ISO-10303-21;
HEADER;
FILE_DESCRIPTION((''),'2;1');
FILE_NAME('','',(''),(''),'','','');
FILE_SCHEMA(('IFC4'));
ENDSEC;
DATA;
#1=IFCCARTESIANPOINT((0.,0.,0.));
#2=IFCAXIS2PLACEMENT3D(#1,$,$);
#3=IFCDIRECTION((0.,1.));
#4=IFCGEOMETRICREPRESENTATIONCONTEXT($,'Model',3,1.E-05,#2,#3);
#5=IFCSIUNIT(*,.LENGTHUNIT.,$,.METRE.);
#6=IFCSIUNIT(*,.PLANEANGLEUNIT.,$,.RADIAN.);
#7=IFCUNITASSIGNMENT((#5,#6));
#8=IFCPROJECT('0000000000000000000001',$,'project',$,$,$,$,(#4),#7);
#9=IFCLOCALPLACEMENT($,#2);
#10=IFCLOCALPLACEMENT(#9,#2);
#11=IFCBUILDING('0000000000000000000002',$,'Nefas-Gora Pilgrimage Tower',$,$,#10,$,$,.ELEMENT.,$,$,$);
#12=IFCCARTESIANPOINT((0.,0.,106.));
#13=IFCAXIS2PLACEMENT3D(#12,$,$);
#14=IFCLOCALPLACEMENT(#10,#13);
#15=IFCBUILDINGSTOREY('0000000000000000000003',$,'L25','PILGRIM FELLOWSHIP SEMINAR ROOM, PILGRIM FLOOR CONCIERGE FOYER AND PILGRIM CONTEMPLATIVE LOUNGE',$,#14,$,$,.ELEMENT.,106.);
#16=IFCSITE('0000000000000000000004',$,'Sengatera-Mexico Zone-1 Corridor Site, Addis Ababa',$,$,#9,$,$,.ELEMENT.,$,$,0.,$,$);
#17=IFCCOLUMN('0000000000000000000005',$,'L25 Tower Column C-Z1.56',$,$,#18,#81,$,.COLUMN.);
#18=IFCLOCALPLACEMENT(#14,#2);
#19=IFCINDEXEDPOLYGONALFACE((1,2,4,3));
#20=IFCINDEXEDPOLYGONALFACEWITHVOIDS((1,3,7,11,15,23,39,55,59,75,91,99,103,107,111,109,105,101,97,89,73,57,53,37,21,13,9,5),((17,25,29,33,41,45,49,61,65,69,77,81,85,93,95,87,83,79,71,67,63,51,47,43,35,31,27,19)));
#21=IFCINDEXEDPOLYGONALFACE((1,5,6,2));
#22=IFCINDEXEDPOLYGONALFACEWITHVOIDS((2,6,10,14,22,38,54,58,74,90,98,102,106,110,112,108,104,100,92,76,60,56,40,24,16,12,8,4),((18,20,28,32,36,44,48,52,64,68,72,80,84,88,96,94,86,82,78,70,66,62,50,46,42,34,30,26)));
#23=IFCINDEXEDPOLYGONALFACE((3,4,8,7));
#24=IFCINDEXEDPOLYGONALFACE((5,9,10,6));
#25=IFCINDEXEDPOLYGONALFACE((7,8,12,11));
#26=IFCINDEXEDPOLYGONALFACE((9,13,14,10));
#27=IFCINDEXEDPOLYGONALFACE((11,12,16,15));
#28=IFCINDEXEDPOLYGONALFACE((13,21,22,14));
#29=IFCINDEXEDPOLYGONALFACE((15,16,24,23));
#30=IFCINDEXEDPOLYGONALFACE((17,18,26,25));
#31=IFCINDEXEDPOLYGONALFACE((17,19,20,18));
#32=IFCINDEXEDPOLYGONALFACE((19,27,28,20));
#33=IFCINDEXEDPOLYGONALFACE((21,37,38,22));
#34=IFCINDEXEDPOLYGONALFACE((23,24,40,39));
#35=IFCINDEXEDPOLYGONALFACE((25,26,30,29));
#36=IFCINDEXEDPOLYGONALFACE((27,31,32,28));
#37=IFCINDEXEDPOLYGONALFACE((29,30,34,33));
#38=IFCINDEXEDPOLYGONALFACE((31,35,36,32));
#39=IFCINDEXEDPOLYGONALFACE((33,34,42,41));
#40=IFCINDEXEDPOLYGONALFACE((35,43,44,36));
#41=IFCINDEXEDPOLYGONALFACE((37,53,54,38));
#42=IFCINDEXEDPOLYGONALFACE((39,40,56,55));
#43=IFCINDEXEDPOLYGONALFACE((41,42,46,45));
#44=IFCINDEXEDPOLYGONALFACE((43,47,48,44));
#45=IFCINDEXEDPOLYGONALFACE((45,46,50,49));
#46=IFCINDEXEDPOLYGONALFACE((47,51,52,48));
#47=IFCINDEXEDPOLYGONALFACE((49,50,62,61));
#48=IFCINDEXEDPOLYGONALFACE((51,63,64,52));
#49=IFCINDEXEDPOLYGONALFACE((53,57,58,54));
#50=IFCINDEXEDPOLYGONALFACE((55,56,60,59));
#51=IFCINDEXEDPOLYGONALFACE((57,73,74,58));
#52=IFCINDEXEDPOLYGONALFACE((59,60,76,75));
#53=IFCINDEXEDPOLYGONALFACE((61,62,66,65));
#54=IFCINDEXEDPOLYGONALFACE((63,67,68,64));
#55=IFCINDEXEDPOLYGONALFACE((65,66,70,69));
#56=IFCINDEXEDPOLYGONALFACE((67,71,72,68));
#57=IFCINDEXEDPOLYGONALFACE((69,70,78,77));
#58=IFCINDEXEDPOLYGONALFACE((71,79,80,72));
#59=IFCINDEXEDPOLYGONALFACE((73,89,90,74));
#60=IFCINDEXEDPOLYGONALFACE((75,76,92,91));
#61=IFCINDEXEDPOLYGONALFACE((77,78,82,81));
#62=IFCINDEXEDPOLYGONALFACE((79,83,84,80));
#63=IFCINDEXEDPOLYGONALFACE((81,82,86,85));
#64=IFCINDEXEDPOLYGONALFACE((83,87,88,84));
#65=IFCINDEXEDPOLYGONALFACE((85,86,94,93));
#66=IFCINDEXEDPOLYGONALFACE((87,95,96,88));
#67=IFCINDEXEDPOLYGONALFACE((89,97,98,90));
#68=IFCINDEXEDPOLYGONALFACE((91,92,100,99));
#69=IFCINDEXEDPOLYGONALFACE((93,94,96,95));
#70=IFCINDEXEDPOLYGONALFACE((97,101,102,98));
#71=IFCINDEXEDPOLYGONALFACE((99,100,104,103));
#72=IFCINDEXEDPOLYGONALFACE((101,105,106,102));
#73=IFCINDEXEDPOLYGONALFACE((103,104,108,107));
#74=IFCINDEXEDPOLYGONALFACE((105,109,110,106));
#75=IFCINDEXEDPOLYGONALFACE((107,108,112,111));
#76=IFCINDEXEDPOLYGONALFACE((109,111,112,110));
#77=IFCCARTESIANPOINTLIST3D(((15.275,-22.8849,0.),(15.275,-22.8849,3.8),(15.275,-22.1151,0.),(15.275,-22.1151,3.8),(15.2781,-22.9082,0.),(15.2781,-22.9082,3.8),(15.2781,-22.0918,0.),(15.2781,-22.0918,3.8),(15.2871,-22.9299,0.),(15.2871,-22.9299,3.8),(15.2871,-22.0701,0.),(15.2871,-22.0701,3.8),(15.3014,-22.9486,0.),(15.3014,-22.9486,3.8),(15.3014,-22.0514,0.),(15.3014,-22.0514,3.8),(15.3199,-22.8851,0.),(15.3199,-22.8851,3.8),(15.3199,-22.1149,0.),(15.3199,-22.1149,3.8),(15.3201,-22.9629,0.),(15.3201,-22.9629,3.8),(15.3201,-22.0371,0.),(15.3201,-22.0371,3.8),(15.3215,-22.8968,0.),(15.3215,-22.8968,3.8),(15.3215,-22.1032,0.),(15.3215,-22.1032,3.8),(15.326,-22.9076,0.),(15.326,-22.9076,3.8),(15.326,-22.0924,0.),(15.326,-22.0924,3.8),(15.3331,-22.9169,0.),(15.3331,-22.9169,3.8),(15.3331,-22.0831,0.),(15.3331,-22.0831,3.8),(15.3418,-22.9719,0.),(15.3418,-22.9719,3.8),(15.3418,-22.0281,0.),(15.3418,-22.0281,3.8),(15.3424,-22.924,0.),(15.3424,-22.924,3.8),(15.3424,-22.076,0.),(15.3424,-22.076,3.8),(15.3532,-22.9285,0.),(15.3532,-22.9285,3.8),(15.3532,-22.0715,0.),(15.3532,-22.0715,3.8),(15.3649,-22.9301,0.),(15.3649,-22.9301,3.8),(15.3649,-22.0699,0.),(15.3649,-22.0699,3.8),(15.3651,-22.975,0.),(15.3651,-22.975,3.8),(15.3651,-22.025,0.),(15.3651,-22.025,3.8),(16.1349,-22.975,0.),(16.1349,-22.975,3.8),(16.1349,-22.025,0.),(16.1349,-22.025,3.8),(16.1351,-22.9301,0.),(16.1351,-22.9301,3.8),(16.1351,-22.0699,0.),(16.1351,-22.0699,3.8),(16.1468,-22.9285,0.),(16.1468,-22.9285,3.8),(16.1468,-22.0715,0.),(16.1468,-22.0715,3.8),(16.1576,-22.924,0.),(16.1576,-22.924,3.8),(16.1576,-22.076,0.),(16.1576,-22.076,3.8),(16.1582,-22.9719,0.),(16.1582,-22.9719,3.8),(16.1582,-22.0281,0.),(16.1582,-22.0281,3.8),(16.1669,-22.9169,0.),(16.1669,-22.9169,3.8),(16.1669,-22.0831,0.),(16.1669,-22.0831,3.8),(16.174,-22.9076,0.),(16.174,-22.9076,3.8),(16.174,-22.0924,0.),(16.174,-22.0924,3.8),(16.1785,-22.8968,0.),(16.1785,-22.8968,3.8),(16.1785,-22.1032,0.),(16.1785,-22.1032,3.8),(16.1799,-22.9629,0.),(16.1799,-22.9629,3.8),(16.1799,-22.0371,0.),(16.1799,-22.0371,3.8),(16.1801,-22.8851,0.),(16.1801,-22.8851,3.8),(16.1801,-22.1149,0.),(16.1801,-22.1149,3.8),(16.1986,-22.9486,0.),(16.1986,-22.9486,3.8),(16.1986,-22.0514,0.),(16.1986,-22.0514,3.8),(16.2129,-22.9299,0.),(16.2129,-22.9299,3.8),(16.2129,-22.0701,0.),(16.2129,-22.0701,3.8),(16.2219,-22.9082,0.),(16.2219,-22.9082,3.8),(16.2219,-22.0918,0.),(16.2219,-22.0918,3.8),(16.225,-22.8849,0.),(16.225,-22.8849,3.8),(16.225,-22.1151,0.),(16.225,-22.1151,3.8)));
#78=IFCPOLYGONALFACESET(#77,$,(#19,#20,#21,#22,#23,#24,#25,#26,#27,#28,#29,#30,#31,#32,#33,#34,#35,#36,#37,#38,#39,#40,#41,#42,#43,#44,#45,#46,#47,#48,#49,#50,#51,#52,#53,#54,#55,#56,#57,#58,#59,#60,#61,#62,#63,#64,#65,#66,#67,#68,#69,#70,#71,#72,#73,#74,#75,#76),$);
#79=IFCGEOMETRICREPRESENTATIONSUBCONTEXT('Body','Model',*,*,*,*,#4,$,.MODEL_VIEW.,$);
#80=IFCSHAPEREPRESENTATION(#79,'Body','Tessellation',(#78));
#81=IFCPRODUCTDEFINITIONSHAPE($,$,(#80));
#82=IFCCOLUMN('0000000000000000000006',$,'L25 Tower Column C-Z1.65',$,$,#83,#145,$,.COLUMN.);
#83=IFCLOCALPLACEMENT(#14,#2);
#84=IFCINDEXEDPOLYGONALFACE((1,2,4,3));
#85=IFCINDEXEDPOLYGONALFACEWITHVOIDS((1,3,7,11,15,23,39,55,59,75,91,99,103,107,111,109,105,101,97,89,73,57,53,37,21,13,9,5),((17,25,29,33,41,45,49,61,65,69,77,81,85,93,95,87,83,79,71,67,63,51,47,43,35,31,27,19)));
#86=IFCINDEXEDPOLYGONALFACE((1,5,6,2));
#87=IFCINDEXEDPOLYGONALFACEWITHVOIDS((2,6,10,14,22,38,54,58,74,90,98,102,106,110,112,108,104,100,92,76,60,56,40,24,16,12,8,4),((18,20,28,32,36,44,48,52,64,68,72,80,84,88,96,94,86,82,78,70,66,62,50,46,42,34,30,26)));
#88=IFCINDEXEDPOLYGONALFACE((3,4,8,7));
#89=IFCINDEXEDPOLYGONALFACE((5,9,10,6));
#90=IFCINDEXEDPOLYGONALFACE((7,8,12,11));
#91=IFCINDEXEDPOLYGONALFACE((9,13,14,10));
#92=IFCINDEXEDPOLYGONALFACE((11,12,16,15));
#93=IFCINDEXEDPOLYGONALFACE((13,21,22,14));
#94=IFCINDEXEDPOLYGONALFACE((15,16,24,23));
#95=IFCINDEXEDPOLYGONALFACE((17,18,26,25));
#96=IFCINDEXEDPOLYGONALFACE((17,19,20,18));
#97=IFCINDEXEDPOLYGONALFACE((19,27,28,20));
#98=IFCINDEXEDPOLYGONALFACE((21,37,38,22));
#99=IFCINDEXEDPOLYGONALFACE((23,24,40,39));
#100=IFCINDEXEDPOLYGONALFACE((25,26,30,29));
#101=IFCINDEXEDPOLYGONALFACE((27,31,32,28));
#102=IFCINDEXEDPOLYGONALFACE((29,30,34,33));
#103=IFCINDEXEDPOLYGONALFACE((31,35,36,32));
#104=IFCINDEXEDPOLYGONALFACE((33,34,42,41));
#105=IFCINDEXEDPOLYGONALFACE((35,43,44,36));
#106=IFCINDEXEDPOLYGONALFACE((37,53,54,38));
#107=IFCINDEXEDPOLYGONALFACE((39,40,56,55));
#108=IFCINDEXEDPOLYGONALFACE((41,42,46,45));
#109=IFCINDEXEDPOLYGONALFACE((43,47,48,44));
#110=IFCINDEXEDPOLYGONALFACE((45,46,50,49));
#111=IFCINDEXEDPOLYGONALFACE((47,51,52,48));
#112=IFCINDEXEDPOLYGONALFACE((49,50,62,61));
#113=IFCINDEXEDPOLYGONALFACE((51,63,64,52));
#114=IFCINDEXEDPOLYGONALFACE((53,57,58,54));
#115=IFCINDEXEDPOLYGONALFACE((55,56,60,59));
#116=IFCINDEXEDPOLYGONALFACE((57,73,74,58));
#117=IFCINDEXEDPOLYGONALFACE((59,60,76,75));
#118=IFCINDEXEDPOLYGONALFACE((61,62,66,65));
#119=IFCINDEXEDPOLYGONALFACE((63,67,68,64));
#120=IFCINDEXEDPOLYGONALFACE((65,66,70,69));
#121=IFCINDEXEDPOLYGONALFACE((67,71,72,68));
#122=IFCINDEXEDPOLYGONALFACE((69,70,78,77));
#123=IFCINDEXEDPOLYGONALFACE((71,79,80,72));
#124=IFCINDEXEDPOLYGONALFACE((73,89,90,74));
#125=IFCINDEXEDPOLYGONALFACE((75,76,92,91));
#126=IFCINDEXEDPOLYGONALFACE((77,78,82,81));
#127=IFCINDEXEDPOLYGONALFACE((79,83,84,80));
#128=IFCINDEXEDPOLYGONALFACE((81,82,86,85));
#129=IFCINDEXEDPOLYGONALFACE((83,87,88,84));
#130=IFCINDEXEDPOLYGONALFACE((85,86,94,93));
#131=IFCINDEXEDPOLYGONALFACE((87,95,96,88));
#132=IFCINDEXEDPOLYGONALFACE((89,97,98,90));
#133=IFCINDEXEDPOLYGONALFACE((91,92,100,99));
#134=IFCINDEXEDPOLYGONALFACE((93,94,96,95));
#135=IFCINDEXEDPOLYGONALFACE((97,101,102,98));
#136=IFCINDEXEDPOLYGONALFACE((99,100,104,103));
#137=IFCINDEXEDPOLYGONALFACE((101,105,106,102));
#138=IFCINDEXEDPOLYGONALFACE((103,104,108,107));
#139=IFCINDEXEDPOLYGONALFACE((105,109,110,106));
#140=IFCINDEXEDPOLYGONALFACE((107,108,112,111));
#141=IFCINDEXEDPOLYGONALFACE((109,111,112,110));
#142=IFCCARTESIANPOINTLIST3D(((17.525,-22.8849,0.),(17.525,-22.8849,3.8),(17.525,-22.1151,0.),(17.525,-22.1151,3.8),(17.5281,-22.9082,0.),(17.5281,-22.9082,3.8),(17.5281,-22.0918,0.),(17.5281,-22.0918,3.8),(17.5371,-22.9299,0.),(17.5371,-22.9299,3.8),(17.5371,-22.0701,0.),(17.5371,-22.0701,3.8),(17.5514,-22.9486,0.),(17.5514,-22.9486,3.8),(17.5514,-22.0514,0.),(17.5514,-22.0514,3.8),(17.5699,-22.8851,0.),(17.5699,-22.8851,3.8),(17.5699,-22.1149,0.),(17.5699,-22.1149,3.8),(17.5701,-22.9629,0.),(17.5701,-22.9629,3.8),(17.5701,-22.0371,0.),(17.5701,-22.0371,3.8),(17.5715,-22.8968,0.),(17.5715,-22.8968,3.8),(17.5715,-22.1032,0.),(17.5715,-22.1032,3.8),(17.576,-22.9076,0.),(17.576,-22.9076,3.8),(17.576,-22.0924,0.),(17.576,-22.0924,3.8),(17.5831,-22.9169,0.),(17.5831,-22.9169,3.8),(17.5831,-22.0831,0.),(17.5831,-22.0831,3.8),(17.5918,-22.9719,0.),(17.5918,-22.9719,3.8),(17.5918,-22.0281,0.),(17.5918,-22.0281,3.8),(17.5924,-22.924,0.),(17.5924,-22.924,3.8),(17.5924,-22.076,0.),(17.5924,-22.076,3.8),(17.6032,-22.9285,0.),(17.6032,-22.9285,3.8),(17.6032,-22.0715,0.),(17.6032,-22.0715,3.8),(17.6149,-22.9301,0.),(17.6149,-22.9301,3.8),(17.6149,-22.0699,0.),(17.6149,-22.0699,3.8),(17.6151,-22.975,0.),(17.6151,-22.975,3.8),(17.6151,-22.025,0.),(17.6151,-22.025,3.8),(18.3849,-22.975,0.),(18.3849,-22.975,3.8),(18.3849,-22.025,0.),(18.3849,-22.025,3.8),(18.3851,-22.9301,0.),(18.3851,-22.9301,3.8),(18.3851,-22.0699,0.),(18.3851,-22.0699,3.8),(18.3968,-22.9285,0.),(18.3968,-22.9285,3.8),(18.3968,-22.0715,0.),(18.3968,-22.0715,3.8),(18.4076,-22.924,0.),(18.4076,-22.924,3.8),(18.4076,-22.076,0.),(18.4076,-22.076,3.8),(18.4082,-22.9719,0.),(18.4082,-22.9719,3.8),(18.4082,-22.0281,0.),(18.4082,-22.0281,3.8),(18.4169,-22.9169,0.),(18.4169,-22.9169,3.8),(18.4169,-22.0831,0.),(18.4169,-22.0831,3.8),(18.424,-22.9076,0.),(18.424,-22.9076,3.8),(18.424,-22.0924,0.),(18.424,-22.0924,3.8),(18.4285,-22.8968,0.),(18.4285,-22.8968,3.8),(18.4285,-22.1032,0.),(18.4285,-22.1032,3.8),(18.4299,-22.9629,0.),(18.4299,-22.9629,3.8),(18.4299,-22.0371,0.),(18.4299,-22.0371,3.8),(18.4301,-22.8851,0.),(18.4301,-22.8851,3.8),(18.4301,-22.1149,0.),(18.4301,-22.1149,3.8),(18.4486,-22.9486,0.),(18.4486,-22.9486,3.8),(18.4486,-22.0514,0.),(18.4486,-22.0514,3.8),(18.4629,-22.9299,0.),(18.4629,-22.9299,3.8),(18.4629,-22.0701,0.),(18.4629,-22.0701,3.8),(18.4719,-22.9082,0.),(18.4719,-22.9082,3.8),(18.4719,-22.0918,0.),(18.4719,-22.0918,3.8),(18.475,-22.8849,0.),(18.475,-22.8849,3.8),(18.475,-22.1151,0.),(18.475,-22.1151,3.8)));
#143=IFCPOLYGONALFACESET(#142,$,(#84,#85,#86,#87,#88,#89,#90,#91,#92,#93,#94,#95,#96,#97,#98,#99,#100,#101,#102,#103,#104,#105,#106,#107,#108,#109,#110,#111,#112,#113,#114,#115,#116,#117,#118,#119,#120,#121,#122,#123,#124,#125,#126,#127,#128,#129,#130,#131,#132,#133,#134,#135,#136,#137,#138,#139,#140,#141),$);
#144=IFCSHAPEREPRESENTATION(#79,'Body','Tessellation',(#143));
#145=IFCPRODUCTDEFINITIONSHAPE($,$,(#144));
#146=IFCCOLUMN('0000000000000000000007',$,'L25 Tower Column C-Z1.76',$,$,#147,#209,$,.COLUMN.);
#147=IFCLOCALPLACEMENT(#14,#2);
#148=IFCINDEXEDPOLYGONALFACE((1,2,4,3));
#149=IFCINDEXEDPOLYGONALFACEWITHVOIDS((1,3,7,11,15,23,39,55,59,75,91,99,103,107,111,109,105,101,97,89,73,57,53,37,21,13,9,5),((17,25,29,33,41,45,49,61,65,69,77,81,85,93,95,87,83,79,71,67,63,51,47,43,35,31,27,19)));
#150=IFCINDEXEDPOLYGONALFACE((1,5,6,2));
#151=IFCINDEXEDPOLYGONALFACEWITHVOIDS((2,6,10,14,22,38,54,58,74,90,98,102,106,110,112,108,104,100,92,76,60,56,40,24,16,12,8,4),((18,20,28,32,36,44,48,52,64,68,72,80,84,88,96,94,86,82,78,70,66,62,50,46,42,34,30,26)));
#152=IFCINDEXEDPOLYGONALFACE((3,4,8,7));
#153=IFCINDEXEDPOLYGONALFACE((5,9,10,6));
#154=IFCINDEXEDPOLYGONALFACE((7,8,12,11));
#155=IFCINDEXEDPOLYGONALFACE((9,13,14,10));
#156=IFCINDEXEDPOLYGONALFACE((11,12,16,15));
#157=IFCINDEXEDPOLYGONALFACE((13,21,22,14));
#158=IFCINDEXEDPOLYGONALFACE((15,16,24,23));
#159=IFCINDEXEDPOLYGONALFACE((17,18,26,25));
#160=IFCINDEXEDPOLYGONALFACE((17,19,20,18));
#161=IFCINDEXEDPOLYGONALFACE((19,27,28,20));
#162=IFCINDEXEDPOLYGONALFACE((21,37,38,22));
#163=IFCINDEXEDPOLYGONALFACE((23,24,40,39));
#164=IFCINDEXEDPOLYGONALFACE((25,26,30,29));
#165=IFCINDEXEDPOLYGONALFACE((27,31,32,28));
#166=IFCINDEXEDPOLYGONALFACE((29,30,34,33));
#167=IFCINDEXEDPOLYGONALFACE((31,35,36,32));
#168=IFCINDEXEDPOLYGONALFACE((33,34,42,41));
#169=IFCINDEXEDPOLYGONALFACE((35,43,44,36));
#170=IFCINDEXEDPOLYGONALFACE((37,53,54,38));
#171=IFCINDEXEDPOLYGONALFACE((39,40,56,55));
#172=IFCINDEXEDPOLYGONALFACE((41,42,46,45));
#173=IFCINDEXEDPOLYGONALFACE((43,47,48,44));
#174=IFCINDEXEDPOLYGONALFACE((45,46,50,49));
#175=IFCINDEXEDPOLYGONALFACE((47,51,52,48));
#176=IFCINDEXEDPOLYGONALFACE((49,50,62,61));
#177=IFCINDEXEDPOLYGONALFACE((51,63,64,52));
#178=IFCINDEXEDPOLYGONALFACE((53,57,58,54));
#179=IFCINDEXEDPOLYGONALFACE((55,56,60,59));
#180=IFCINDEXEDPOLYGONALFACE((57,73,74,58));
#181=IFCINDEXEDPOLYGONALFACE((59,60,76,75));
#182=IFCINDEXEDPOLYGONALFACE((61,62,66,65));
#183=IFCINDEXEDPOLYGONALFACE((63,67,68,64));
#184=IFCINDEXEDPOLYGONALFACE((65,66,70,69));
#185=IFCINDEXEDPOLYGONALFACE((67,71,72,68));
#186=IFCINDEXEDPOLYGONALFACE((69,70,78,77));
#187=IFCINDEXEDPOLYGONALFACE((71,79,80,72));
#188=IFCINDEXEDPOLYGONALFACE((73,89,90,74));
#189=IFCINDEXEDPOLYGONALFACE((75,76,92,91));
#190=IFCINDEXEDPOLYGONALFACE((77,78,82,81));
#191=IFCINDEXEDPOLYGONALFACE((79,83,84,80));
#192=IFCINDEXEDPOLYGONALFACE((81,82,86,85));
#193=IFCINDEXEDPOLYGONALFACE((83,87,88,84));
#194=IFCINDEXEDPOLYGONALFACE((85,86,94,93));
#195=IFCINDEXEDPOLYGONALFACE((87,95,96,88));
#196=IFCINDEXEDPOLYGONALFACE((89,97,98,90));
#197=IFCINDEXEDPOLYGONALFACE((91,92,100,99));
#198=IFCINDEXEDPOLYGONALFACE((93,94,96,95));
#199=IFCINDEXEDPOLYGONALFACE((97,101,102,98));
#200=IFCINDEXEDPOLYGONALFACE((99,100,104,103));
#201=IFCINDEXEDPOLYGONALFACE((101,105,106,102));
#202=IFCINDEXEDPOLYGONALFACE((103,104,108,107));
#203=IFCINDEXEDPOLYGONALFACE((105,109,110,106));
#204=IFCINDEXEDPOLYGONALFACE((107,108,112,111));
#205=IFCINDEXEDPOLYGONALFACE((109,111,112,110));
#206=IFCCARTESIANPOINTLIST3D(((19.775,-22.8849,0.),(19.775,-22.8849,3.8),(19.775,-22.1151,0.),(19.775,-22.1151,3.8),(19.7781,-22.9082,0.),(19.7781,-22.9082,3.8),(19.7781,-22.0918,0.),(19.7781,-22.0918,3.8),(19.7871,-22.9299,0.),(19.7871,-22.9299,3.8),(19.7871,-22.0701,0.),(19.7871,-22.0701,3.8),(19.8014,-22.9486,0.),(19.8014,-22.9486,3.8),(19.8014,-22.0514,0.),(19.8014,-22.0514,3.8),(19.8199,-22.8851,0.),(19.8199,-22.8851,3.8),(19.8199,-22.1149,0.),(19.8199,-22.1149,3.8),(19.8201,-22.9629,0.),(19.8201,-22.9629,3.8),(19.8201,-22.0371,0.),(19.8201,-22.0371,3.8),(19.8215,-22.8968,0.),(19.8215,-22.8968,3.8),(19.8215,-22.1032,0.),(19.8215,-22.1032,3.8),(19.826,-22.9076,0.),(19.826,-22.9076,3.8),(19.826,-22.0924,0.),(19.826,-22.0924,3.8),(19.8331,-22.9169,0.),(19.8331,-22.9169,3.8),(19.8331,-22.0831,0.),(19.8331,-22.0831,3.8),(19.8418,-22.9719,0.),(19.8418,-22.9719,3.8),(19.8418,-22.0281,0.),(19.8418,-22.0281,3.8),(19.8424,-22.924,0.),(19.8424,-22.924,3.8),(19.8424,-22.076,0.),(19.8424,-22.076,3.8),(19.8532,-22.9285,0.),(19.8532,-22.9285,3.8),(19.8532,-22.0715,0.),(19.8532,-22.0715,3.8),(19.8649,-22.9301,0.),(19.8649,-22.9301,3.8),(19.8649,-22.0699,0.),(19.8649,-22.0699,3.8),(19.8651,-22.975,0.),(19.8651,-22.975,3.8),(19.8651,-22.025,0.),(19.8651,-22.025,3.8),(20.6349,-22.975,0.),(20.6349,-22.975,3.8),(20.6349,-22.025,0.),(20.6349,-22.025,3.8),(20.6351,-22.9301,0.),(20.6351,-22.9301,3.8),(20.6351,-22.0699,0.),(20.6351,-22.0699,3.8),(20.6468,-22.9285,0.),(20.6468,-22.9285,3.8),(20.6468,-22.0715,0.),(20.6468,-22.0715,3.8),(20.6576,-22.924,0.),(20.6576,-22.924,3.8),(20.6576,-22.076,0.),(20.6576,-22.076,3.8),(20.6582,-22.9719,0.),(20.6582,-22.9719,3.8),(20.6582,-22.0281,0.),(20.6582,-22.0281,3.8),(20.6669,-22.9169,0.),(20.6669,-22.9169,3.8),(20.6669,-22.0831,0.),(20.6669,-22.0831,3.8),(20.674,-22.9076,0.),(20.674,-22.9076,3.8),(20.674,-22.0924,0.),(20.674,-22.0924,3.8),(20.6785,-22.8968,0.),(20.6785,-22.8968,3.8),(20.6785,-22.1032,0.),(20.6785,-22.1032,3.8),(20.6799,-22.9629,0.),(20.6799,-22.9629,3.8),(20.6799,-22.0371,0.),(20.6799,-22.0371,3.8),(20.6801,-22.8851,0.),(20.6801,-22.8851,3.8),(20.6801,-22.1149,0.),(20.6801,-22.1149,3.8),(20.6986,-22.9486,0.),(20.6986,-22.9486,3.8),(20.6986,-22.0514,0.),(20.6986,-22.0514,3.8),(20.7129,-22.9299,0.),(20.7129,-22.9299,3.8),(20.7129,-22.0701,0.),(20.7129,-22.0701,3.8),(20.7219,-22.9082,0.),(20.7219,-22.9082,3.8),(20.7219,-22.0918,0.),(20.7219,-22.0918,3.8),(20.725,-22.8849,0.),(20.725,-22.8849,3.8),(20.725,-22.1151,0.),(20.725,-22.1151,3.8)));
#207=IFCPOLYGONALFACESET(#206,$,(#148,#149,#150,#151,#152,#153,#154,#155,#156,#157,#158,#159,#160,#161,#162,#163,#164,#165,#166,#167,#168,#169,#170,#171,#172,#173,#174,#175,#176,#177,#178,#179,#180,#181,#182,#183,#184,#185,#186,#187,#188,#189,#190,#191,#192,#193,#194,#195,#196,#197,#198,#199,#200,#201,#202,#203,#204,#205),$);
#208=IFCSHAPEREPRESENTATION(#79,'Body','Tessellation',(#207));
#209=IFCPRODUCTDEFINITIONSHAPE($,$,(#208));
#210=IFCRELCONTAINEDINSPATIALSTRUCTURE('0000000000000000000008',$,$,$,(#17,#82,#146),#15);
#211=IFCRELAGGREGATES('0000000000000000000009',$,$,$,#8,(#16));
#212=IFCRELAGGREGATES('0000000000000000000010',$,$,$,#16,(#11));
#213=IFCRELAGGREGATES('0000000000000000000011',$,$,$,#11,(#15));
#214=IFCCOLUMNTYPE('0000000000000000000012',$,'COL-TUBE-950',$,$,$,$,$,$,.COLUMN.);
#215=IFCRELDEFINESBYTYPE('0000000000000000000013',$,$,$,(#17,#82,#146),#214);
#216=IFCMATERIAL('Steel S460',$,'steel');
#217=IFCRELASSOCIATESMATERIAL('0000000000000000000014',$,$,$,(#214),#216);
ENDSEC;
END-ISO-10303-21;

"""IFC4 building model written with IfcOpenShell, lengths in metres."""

from ifc_helpers import new_model, si_unit, direction, frame, origin, origin_2d, place, context, subcontext, project, spatial, hollow_rectangle, extrude, source, transform, mapped, material, material_profile, profile_set, type_object, element, save


model = new_model("IFC4")

# Units and contexts
model_context = context("Model", 3, precision=1e-05, world=origin(), true_north=direction((0.0, 1.0)))
body_context = subcontext(model_context, "Body", "Model", "MODEL_VIEW")
ifc_project = project(units=[si_unit("LENGTHUNIT", "METRE"), si_unit("PLANEANGLEUNIT", "RADIAN")], contexts=[model_context])

# Site, building, storey
site_placement = place(None, origin())
site = spatial("IfcSite", under=ifc_project, at=site_placement, Name="Sengatera-Mexico Zone-1 Corridor Site, Addis Ababa", CompositionType="ELEMENT", RefElevation=0.0)
building_placement = place(site_placement, origin())
building = spatial("IfcBuilding", under=site, at=building_placement, Name="Nefas-Gora Pilgrimage Tower", CompositionType="ELEMENT")
storey_placement = place(building_placement, frame((0.0, 0.0, 106.0)))
storey = spatial("IfcBuildingStorey", under=building, at=storey_placement, Name="L25", Description="PILGRIM FELLOWSHIP SEMINAR ROOM, PILGRIM FLOOR CONCIERGE FOYER AND PILGRIM CONTEMPLATIVE LOUNGE", CompositionType="ELEMENT", Elevation=106.0)

# Columns
ifc_material_1 = material(Name="Steel S460", Category="steel")
ifc_material_profile_1 = material_profile(ifc_material_1, hollow_rectangle(XDim=0.95, YDim=0.95, WallThickness=0.0449, InnerFilletRadius=0.0449, OuterFilletRadius=0.0901, at=origin_2d()), Name="BOX 950x950x45")
ifc_profile_set_1 = profile_set([ifc_material_profile_1], Name="Steel S460")
column_type_1 = type_object("IfcColumnType", Name="COL-TUBE-950", PredefinedType="COLUMN", material=ifc_profile_set_1)
shared_shape_1 = source(origin(), body_context, "Body", "SweptSolid", [
    extrude(hollow_rectangle(XDim=0.95, YDim=0.95, WallThickness=0.0449, InnerFilletRadius=0.0449, OuterFilletRadius=0.0901, at=origin_2d()), origin(), (0.0, 0.0, 1.0), 3.8),
])
for number, where, z_axis, x_axis, name in (
    (1, (15.75, -22.5, 0.0), (0.0, 0.0, 1.0), (1.0, 0.0, 0.0), "L25 Tower Column C-Z1.56"),
    (2, (18.0, -22.5, 0.0), (0.0, 0.0, 1.0), (1.0, 0.0, 0.0), "L25 Tower Column C-Z1.65"),
    (3, (20.25, -22.5, 0.0), (0.0, 0.0, 1.0), (1.0, 0.0, 0.0), "L25 Tower Column C-Z1.76"),
):
    element("IfcColumn", number, at=place(storey_placement, frame(where, z_axis=z_axis, x_axis=x_axis)), inside=storey, type_object=column_type_1, Name=name, PredefinedType="COLUMN", context=body_context, shape_type="MappedRepresentation", body=[
        mapped(shared_shape_1, transform((0.0, 0.0, 0.0), x_axis=(1.0, 0.0, 0.0), y_axis=(0.0, 1.0, 0.0), z_axis=(0.0, 0.0, 1.0), scale=1.0)),
    ])

save(model, "model.ifc")
